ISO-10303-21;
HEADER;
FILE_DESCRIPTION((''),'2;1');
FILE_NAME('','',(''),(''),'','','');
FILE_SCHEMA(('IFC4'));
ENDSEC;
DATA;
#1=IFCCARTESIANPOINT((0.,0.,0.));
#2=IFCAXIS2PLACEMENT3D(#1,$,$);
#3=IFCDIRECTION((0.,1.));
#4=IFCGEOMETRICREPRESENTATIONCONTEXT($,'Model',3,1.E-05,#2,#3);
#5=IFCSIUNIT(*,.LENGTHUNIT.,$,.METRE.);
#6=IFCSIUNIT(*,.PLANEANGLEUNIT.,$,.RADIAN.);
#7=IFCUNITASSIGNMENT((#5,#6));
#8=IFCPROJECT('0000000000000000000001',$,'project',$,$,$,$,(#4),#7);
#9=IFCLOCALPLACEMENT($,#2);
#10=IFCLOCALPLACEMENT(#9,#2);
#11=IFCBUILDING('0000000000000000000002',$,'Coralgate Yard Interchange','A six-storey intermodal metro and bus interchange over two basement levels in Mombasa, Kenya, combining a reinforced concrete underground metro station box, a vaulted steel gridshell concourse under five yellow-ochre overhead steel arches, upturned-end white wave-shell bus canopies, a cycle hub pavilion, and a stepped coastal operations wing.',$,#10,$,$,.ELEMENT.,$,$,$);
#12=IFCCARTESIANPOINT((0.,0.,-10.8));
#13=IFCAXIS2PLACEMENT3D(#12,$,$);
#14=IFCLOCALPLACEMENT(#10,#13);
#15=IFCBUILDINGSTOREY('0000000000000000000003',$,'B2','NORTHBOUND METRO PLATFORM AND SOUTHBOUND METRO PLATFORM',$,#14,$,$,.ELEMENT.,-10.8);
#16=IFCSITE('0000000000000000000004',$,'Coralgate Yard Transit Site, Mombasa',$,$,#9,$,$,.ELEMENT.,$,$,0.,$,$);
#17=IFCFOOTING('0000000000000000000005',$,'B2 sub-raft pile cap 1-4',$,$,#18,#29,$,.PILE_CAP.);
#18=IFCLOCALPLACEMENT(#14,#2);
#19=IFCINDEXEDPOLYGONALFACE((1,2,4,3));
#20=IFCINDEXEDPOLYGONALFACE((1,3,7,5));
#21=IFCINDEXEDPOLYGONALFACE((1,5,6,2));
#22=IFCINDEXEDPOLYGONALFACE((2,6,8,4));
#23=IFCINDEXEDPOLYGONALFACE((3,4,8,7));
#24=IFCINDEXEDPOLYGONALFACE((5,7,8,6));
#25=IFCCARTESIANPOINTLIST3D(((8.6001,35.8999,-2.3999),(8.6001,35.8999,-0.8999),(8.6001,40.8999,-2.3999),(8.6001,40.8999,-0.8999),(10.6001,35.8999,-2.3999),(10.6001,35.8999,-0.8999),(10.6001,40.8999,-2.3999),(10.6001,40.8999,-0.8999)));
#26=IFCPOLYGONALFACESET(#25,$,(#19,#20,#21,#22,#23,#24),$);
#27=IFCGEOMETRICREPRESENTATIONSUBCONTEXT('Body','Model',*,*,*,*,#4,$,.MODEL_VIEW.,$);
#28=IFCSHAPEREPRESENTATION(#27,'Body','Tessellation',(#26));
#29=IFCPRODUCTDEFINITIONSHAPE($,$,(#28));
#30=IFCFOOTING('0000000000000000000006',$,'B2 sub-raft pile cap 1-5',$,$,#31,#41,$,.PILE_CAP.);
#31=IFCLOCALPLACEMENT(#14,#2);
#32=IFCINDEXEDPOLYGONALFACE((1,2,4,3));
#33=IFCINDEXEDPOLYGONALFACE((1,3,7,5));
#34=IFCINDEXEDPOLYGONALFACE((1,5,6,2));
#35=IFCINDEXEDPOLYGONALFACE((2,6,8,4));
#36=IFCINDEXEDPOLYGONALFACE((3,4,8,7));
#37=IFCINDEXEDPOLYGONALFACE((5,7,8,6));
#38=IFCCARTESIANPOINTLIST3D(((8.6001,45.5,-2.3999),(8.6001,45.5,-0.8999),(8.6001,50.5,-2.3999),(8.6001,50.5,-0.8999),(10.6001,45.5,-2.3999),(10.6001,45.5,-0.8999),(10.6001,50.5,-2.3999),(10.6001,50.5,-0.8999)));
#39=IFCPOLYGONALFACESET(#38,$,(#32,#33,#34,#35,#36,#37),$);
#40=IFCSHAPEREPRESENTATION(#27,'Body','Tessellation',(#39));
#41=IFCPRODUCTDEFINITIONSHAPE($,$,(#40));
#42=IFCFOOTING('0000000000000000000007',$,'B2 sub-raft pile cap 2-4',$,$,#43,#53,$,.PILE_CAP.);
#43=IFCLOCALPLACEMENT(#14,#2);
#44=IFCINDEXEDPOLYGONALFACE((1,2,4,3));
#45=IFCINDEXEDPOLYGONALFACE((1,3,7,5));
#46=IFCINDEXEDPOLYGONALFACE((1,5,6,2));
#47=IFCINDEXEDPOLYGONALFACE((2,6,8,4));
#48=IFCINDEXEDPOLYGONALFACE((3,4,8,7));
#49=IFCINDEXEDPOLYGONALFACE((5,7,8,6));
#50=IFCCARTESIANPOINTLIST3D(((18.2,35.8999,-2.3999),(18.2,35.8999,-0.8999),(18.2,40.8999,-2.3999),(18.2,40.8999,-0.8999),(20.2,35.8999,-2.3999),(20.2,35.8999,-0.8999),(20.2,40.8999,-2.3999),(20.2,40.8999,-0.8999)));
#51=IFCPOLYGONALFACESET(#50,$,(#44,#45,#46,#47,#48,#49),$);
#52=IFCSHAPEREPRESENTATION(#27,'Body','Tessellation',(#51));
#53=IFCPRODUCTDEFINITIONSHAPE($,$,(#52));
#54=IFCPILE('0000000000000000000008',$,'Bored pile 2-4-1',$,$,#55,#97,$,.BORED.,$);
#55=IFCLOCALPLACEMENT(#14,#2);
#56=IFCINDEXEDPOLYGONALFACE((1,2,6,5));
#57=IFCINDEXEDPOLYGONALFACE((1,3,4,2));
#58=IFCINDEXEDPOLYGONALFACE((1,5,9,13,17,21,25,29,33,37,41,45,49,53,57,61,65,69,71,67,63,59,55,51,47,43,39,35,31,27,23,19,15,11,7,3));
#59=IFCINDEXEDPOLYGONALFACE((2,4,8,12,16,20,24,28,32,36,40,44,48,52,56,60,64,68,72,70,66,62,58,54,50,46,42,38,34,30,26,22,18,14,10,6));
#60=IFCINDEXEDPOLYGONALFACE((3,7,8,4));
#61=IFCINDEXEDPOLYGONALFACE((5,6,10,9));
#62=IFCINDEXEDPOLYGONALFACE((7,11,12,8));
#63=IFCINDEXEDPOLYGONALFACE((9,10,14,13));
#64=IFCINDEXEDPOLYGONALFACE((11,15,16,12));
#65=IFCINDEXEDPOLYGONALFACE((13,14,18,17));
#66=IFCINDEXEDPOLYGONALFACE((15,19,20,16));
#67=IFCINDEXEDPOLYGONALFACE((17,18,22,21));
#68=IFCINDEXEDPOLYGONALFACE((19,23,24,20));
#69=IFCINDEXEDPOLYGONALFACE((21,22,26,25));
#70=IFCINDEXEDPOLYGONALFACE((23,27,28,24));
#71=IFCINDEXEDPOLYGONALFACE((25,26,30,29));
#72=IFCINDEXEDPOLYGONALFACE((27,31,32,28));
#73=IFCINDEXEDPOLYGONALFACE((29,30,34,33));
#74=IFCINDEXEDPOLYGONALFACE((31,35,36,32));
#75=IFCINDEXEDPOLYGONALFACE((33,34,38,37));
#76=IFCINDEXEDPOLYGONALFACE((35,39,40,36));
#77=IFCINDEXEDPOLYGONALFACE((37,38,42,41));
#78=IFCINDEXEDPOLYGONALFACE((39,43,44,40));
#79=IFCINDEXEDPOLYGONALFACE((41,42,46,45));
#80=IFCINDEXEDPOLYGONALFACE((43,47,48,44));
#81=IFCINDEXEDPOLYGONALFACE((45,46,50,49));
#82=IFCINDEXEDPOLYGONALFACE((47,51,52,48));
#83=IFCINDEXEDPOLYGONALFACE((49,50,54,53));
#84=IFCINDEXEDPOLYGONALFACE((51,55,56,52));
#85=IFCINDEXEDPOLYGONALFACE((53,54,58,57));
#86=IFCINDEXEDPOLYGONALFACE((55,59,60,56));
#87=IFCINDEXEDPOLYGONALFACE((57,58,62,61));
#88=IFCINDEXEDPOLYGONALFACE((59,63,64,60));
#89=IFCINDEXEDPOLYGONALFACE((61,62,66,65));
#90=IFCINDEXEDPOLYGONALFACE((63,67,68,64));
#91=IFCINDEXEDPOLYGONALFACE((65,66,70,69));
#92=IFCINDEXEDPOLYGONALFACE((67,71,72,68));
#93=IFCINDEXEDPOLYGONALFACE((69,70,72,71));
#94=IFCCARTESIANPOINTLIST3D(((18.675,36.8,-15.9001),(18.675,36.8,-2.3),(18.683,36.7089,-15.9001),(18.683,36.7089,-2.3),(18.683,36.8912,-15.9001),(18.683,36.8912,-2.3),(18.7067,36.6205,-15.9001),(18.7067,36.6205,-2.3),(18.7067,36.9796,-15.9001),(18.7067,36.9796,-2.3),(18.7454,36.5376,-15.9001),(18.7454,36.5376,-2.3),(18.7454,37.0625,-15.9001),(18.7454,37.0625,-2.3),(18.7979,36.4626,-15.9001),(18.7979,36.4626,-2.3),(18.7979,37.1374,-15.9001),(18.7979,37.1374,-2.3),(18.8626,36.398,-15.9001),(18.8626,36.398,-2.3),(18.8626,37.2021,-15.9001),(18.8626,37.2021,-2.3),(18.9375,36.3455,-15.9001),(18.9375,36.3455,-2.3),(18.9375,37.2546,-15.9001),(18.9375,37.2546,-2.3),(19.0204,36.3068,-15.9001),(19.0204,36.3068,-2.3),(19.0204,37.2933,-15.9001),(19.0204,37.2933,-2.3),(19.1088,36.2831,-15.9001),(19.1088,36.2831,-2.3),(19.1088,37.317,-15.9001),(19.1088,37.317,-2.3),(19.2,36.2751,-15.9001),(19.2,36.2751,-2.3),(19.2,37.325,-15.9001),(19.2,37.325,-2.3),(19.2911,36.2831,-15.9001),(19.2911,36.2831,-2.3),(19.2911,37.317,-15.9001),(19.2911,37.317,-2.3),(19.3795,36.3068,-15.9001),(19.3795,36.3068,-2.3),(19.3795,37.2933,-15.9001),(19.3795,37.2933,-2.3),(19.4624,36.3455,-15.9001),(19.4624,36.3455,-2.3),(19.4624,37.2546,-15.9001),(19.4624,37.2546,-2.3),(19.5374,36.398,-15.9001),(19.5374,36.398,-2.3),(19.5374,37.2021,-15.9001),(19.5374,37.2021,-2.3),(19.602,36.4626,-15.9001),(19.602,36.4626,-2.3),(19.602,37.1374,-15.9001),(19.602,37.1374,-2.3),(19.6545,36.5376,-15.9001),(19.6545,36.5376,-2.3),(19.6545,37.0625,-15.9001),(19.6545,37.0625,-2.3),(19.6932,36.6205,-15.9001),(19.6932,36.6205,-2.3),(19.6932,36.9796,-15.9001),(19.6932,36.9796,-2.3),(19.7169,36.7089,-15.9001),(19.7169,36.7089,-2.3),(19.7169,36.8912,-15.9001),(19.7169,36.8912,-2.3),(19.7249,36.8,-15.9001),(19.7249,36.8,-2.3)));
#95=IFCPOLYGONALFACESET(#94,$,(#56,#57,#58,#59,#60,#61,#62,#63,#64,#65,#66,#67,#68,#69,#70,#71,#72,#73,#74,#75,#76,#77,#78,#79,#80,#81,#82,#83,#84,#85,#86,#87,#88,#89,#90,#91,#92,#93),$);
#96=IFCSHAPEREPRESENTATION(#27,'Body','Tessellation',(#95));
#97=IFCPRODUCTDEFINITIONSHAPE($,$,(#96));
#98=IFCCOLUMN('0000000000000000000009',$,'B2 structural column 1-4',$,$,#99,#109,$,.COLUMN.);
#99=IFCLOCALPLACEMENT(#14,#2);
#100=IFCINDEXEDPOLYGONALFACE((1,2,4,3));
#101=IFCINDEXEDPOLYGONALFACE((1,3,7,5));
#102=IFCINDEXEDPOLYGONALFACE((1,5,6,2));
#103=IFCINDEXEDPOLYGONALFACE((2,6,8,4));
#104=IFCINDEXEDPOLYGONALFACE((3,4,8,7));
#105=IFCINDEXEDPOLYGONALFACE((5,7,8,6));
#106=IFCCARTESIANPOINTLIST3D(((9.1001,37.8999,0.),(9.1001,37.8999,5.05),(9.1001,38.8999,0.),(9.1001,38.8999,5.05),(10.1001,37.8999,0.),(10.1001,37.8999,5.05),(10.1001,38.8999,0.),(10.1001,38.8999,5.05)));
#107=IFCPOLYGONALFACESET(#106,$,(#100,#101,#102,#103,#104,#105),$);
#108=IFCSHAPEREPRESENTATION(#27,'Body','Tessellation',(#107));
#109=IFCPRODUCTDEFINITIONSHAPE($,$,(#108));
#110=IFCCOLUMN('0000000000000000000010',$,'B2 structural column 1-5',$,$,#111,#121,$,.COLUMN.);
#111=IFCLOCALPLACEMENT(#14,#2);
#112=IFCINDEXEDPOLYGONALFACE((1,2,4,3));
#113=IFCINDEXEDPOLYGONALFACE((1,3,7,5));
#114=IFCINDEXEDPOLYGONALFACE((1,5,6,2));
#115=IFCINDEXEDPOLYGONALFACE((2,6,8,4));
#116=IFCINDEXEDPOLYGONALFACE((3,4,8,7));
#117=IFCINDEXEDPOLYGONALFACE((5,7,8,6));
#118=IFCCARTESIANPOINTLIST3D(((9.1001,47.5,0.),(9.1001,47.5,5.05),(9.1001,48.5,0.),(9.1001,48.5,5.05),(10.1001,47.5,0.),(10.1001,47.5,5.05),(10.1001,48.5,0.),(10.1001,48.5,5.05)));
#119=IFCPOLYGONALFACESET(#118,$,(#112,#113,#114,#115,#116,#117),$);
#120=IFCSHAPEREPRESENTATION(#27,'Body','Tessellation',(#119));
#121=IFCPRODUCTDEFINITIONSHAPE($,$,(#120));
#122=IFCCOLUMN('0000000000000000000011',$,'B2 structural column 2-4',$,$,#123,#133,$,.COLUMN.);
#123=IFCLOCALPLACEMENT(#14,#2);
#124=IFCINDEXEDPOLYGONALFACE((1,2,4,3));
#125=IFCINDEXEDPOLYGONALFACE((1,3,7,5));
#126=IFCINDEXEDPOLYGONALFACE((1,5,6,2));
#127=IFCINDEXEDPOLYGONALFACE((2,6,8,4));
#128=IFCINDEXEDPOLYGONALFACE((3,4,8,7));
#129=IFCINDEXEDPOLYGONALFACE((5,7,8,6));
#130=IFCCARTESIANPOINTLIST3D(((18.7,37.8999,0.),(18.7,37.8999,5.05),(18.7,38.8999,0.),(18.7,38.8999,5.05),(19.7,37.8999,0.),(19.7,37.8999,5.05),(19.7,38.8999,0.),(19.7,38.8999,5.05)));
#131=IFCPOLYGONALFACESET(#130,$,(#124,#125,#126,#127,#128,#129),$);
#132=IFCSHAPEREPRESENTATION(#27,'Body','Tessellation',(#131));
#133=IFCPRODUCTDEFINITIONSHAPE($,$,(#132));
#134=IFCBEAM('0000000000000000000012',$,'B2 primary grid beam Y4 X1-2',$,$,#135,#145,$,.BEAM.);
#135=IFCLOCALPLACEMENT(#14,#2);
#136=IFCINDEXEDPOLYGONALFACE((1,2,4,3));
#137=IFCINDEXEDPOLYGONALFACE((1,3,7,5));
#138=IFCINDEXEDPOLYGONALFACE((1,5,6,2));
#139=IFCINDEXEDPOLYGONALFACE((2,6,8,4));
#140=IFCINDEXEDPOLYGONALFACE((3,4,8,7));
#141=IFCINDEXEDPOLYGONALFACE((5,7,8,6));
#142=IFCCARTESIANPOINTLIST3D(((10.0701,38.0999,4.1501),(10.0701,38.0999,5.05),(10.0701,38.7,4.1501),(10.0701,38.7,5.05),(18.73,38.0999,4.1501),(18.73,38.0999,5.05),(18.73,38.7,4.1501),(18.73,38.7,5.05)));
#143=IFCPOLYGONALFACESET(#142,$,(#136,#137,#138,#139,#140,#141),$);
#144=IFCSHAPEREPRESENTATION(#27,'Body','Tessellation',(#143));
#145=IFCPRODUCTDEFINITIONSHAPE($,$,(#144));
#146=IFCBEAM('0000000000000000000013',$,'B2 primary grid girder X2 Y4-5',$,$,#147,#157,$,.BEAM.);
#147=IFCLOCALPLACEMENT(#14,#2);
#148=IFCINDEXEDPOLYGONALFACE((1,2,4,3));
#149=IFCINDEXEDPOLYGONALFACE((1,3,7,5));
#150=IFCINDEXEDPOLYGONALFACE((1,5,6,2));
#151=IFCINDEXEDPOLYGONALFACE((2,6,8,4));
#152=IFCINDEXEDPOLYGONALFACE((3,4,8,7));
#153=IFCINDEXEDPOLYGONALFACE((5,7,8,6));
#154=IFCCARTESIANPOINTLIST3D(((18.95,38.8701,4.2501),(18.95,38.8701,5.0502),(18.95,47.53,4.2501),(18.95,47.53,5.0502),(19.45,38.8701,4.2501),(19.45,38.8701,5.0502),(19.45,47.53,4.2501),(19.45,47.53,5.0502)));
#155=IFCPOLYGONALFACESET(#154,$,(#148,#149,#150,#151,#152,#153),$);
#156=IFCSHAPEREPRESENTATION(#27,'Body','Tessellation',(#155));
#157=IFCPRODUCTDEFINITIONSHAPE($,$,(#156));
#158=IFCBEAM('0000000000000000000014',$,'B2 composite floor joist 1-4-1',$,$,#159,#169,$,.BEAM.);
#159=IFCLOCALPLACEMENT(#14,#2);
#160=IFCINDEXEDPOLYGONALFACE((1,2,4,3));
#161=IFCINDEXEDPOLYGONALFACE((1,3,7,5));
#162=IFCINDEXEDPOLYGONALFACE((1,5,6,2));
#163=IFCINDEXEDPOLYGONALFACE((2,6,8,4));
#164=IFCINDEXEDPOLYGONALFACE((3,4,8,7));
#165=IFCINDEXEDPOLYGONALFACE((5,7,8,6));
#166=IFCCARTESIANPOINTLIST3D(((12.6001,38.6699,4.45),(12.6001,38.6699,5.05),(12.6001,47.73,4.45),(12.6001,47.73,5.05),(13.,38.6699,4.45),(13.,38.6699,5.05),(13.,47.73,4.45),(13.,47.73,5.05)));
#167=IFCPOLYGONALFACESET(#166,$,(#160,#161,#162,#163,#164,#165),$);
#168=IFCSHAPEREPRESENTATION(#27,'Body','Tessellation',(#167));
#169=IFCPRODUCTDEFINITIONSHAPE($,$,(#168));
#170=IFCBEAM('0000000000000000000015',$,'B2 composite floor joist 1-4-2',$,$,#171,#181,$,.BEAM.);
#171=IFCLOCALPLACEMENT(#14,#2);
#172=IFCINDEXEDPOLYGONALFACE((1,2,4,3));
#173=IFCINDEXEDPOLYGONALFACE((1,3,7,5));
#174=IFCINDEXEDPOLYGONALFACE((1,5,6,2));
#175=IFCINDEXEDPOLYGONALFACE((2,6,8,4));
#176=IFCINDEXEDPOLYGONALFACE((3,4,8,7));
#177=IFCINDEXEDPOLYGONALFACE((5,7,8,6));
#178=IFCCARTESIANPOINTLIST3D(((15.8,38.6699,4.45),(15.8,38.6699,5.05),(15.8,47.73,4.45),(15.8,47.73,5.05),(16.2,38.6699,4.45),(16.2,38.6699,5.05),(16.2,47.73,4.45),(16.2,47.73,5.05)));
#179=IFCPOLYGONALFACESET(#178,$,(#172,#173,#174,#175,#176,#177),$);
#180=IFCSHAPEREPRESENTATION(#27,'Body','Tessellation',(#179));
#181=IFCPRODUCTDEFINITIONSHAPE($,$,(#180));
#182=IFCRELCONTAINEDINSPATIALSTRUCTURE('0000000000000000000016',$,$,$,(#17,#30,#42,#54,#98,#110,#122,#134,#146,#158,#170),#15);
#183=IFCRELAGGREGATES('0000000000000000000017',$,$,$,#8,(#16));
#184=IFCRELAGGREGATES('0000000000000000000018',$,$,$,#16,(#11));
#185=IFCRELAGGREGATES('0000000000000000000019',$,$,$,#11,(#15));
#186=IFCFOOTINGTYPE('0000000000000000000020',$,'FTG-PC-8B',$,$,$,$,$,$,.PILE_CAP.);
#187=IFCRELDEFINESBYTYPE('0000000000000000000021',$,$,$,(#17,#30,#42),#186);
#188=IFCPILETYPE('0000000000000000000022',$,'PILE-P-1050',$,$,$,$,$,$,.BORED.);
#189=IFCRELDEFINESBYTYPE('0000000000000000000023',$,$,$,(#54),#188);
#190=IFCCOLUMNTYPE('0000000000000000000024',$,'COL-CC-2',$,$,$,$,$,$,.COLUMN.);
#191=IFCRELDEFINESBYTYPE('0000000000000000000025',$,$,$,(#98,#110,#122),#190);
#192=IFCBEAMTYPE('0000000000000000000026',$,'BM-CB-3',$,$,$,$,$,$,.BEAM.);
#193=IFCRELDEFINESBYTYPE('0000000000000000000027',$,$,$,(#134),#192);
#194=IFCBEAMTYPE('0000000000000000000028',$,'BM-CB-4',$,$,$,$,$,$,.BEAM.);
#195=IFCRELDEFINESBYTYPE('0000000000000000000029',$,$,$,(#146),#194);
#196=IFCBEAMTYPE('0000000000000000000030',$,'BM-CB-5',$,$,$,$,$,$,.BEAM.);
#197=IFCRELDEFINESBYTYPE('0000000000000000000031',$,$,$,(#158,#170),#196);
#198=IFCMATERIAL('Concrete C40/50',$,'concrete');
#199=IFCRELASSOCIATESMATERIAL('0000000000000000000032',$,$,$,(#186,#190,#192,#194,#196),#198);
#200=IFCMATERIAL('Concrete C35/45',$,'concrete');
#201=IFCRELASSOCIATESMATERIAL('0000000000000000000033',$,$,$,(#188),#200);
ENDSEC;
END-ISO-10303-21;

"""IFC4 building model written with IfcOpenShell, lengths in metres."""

from ifc_helpers import new_model, si_unit, direction, frame, origin, origin_2d, place, context, subcontext, project, spatial, rectangle, circle, extrude, material, material_profile, profile_set, type_object, element, save


model = new_model("IFC4")

# Units and contexts
model_context = context("Model", 3, precision=1e-05, world=origin(), true_north=direction((0.0, 1.0)))
body_context = subcontext(model_context, "Body", "Model", "MODEL_VIEW")
ifc_project = project(units=[si_unit("LENGTHUNIT", "METRE"), si_unit("PLANEANGLEUNIT", "RADIAN")], contexts=[model_context])

# Site, building, storey
site_placement = place(None, origin())
site = spatial("IfcSite", under=ifc_project, at=site_placement, Name="Coralgate Yard Transit Site, Mombasa", CompositionType="ELEMENT", RefElevation=0.0)
building_placement = place(site_placement, origin())
building = spatial("IfcBuilding", under=site, at=building_placement, Name="Coralgate Yard Interchange", Description="A six-storey intermodal metro and bus interchange over two basement levels in Mombasa, Kenya, combining a reinforced concrete underground metro station box, a vaulted steel gridshell concourse under five yellow-ochre overhead steel arches, upturned-end white wave-shell bus canopies, a cycle hub pavilion, and a stepped coastal operations wing.", CompositionType="ELEMENT")
storey_placement = place(building_placement, frame((0.0, 0.0, -10.8)))
storey = spatial("IfcBuildingStorey", under=building, at=storey_placement, Name="B2", Description="NORTHBOUND METRO PLATFORM AND SOUTHBOUND METRO PLATFORM", CompositionType="ELEMENT", Elevation=-10.8)

# Footings
ifc_material_1 = material(Name="Concrete C40/50", Category="concrete")
footing_type = type_object("IfcFootingType", Name="FTG-PC-8B", PredefinedType="PILE_CAP", material=ifc_material_1)
for number, where, z_axis, x_axis, name in (
    (1, (9.6001, 38.3999, -2.3999), (0.0, 0.0, 1.0), (1.0, 0.0, 0.0), "B2 sub-raft pile cap 1-4"),
    (2, (9.6001, 48.0, -2.3999), (0.0, 0.0, 1.0), (1.0, 0.0, 0.0), "B2 sub-raft pile cap 1-5"),
    (3, (19.2, 38.3999, -2.3999), (0.0, 0.0, 1.0), (1.0, 0.0, 0.0), "B2 sub-raft pile cap 2-4"),
):
    element("IfcFooting", number, at=place(storey_placement, frame(where, z_axis=z_axis, x_axis=x_axis)), inside=storey, type_object=footing_type, Name=name, PredefinedType="PILE_CAP", context=body_context, shape_type="SweptSolid", body=[
        extrude(rectangle(XDim=2.0, YDim=5.0, at=origin_2d()), origin(), (0.0, 0.0, 1.0), 1.5),
    ])

# Pile
ifc_material_2 = material(Name="Concrete C35/45", Category="concrete")
ifc_material_profile_1 = material_profile(ifc_material_2, circle(Radius=0.5249, at=origin_2d()), Name="BORED PILE D1050")
ifc_profile_set_1 = profile_set([ifc_material_profile_1], Name="Concrete C35/45")
pile_type = type_object("IfcPileType", Name="PILE-P-1050", PredefinedType="BORED", material=ifc_profile_set_1)
pile_placement = place(storey_placement, frame((19.2, 36.8, -2.3), z_axis=(0.0, 0.0, -1.0), x_axis=(1.0, 0.0, 0.0)))
element("IfcPile", 4, at=pile_placement, inside=storey, type_object=pile_type, Name="Bored pile 2-4-1", PredefinedType="BORED", context=body_context, shape_type="SweptSolid", body=[
    extrude(circle(Radius=0.5249, at=origin_2d()), origin(), (0.0, 0.0, 1.0), 13.6001),
])

# Columns
ifc_material_profile_2 = material_profile(ifc_material_1, rectangle(XDim=1.0, YDim=1.0, at=origin_2d()), Name="RC 1000x1000")
ifc_profile_set_2 = profile_set([ifc_material_profile_2], Name="Concrete C40/50")
column_type = type_object("IfcColumnType", Name="COL-CC-2", PredefinedType="COLUMN", material=ifc_profile_set_2)
for number, where, z_axis, x_axis, name in (
    (5, (9.6001, 38.3999, 0.0), (0.0, 0.0, 1.0), (1.0, 0.0, 0.0), "B2 structural column 1-4"),
    (6, (9.6001, 48.0, 0.0), (0.0, 0.0, 1.0), (1.0, 0.0, 0.0), "B2 structural column 1-5"),
    (7, (19.2, 38.3999, 0.0), (0.0, 0.0, 1.0), (1.0, 0.0, 0.0), "B2 structural column 2-4"),
):
    element("IfcColumn", number, at=place(storey_placement, frame(where, z_axis=z_axis, x_axis=x_axis)), inside=storey, type_object=column_type, Name=name, PredefinedType="COLUMN", context=body_context, shape_type="SweptSolid", body=[
        extrude(rectangle(XDim=1.0, YDim=1.0, at=origin_2d()), origin(), (0.0, 0.0, 1.0), 5.05),
    ])

# Beams
ifc_material_profile_3 = material_profile(ifc_material_1, rectangle(XDim=0.6001, YDim=0.8999, at=origin_2d()), Name="RC 600x900")
ifc_profile_set_3 = profile_set([ifc_material_profile_3], Name="Concrete C40/50")
beam_type_1 = type_object("IfcBeamType", Name="BM-CB-3", PredefinedType="BEAM", material=ifc_profile_set_3)
beam_1_placement = place(storey_placement, frame((10.0701, 38.3999, 4.6001), z_axis=(1.0, 0.0, 0.0), x_axis=(0.0, 1.0, 0.0)))
element("IfcBeam", 8, at=beam_1_placement, inside=storey, type_object=beam_type_1, Name="B2 primary grid beam Y4 X1-2", PredefinedType="BEAM", context=body_context, shape_type="SweptSolid", body=[
    extrude(rectangle(XDim=0.6001, YDim=0.8999, at=origin_2d()), origin(), (0.0, 0.0, 1.0), 8.6599),
])
ifc_material_profile_4 = material_profile(ifc_material_1, rectangle(XDim=0.5, YDim=0.8, at=origin_2d()), Name="RC 500x800")
ifc_profile_set_4 = profile_set([ifc_material_profile_4], Name="Concrete C40/50")
beam_type_2 = type_object("IfcBeamType", Name="BM-CB-4", PredefinedType="BEAM", material=ifc_profile_set_4)
beam_2_placement = place(storey_placement, frame((19.2, 38.8701, 4.6501), z_axis=(0.0, 1.0, 0.0), x_axis=(-1.0, 0.0, 0.0)))
element("IfcBeam", 9, at=beam_2_placement, inside=storey, type_object=beam_type_2, Name="B2 primary grid girder X2 Y4-5", PredefinedType="BEAM", context=body_context, shape_type="SweptSolid", body=[
    extrude(rectangle(XDim=0.5, YDim=0.8, at=origin_2d()), origin(), (0.0, 0.0, 1.0), 8.6599),
])
ifc_material_profile_5 = material_profile(ifc_material_1, rectangle(XDim=0.3999, YDim=0.6001, at=origin_2d()), Name="RC 400x600")
ifc_profile_set_5 = profile_set([ifc_material_profile_5], Name="Concrete C40/50")
beam_type_3 = type_object("IfcBeamType", Name="BM-CB-5", PredefinedType="BEAM", material=ifc_profile_set_5)
for number, where, z_axis, x_axis, name in (
    (10, (12.8, 38.6699, 4.75), (0.0, 1.0, 0.0), (-1.0, 0.0, 0.0), "B2 composite floor joist 1-4-1"),
    (11, (16.0, 38.6699, 4.75), (0.0, 1.0, 0.0), (-1.0, 0.0, 0.0), "B2 composite floor joist 1-4-2"),
):
    element("IfcBeam", number, at=place(storey_placement, frame(where, z_axis=z_axis, x_axis=x_axis)), inside=storey, type_object=beam_type_3, Name=name, PredefinedType="BEAM", context=body_context, shape_type="SweptSolid", body=[
        extrude(rectangle(XDim=0.3999, YDim=0.6001, at=origin_2d()), origin(), (0.0, 0.0, 1.0), 9.0601),
    ])

save(model, "model.ifc")
